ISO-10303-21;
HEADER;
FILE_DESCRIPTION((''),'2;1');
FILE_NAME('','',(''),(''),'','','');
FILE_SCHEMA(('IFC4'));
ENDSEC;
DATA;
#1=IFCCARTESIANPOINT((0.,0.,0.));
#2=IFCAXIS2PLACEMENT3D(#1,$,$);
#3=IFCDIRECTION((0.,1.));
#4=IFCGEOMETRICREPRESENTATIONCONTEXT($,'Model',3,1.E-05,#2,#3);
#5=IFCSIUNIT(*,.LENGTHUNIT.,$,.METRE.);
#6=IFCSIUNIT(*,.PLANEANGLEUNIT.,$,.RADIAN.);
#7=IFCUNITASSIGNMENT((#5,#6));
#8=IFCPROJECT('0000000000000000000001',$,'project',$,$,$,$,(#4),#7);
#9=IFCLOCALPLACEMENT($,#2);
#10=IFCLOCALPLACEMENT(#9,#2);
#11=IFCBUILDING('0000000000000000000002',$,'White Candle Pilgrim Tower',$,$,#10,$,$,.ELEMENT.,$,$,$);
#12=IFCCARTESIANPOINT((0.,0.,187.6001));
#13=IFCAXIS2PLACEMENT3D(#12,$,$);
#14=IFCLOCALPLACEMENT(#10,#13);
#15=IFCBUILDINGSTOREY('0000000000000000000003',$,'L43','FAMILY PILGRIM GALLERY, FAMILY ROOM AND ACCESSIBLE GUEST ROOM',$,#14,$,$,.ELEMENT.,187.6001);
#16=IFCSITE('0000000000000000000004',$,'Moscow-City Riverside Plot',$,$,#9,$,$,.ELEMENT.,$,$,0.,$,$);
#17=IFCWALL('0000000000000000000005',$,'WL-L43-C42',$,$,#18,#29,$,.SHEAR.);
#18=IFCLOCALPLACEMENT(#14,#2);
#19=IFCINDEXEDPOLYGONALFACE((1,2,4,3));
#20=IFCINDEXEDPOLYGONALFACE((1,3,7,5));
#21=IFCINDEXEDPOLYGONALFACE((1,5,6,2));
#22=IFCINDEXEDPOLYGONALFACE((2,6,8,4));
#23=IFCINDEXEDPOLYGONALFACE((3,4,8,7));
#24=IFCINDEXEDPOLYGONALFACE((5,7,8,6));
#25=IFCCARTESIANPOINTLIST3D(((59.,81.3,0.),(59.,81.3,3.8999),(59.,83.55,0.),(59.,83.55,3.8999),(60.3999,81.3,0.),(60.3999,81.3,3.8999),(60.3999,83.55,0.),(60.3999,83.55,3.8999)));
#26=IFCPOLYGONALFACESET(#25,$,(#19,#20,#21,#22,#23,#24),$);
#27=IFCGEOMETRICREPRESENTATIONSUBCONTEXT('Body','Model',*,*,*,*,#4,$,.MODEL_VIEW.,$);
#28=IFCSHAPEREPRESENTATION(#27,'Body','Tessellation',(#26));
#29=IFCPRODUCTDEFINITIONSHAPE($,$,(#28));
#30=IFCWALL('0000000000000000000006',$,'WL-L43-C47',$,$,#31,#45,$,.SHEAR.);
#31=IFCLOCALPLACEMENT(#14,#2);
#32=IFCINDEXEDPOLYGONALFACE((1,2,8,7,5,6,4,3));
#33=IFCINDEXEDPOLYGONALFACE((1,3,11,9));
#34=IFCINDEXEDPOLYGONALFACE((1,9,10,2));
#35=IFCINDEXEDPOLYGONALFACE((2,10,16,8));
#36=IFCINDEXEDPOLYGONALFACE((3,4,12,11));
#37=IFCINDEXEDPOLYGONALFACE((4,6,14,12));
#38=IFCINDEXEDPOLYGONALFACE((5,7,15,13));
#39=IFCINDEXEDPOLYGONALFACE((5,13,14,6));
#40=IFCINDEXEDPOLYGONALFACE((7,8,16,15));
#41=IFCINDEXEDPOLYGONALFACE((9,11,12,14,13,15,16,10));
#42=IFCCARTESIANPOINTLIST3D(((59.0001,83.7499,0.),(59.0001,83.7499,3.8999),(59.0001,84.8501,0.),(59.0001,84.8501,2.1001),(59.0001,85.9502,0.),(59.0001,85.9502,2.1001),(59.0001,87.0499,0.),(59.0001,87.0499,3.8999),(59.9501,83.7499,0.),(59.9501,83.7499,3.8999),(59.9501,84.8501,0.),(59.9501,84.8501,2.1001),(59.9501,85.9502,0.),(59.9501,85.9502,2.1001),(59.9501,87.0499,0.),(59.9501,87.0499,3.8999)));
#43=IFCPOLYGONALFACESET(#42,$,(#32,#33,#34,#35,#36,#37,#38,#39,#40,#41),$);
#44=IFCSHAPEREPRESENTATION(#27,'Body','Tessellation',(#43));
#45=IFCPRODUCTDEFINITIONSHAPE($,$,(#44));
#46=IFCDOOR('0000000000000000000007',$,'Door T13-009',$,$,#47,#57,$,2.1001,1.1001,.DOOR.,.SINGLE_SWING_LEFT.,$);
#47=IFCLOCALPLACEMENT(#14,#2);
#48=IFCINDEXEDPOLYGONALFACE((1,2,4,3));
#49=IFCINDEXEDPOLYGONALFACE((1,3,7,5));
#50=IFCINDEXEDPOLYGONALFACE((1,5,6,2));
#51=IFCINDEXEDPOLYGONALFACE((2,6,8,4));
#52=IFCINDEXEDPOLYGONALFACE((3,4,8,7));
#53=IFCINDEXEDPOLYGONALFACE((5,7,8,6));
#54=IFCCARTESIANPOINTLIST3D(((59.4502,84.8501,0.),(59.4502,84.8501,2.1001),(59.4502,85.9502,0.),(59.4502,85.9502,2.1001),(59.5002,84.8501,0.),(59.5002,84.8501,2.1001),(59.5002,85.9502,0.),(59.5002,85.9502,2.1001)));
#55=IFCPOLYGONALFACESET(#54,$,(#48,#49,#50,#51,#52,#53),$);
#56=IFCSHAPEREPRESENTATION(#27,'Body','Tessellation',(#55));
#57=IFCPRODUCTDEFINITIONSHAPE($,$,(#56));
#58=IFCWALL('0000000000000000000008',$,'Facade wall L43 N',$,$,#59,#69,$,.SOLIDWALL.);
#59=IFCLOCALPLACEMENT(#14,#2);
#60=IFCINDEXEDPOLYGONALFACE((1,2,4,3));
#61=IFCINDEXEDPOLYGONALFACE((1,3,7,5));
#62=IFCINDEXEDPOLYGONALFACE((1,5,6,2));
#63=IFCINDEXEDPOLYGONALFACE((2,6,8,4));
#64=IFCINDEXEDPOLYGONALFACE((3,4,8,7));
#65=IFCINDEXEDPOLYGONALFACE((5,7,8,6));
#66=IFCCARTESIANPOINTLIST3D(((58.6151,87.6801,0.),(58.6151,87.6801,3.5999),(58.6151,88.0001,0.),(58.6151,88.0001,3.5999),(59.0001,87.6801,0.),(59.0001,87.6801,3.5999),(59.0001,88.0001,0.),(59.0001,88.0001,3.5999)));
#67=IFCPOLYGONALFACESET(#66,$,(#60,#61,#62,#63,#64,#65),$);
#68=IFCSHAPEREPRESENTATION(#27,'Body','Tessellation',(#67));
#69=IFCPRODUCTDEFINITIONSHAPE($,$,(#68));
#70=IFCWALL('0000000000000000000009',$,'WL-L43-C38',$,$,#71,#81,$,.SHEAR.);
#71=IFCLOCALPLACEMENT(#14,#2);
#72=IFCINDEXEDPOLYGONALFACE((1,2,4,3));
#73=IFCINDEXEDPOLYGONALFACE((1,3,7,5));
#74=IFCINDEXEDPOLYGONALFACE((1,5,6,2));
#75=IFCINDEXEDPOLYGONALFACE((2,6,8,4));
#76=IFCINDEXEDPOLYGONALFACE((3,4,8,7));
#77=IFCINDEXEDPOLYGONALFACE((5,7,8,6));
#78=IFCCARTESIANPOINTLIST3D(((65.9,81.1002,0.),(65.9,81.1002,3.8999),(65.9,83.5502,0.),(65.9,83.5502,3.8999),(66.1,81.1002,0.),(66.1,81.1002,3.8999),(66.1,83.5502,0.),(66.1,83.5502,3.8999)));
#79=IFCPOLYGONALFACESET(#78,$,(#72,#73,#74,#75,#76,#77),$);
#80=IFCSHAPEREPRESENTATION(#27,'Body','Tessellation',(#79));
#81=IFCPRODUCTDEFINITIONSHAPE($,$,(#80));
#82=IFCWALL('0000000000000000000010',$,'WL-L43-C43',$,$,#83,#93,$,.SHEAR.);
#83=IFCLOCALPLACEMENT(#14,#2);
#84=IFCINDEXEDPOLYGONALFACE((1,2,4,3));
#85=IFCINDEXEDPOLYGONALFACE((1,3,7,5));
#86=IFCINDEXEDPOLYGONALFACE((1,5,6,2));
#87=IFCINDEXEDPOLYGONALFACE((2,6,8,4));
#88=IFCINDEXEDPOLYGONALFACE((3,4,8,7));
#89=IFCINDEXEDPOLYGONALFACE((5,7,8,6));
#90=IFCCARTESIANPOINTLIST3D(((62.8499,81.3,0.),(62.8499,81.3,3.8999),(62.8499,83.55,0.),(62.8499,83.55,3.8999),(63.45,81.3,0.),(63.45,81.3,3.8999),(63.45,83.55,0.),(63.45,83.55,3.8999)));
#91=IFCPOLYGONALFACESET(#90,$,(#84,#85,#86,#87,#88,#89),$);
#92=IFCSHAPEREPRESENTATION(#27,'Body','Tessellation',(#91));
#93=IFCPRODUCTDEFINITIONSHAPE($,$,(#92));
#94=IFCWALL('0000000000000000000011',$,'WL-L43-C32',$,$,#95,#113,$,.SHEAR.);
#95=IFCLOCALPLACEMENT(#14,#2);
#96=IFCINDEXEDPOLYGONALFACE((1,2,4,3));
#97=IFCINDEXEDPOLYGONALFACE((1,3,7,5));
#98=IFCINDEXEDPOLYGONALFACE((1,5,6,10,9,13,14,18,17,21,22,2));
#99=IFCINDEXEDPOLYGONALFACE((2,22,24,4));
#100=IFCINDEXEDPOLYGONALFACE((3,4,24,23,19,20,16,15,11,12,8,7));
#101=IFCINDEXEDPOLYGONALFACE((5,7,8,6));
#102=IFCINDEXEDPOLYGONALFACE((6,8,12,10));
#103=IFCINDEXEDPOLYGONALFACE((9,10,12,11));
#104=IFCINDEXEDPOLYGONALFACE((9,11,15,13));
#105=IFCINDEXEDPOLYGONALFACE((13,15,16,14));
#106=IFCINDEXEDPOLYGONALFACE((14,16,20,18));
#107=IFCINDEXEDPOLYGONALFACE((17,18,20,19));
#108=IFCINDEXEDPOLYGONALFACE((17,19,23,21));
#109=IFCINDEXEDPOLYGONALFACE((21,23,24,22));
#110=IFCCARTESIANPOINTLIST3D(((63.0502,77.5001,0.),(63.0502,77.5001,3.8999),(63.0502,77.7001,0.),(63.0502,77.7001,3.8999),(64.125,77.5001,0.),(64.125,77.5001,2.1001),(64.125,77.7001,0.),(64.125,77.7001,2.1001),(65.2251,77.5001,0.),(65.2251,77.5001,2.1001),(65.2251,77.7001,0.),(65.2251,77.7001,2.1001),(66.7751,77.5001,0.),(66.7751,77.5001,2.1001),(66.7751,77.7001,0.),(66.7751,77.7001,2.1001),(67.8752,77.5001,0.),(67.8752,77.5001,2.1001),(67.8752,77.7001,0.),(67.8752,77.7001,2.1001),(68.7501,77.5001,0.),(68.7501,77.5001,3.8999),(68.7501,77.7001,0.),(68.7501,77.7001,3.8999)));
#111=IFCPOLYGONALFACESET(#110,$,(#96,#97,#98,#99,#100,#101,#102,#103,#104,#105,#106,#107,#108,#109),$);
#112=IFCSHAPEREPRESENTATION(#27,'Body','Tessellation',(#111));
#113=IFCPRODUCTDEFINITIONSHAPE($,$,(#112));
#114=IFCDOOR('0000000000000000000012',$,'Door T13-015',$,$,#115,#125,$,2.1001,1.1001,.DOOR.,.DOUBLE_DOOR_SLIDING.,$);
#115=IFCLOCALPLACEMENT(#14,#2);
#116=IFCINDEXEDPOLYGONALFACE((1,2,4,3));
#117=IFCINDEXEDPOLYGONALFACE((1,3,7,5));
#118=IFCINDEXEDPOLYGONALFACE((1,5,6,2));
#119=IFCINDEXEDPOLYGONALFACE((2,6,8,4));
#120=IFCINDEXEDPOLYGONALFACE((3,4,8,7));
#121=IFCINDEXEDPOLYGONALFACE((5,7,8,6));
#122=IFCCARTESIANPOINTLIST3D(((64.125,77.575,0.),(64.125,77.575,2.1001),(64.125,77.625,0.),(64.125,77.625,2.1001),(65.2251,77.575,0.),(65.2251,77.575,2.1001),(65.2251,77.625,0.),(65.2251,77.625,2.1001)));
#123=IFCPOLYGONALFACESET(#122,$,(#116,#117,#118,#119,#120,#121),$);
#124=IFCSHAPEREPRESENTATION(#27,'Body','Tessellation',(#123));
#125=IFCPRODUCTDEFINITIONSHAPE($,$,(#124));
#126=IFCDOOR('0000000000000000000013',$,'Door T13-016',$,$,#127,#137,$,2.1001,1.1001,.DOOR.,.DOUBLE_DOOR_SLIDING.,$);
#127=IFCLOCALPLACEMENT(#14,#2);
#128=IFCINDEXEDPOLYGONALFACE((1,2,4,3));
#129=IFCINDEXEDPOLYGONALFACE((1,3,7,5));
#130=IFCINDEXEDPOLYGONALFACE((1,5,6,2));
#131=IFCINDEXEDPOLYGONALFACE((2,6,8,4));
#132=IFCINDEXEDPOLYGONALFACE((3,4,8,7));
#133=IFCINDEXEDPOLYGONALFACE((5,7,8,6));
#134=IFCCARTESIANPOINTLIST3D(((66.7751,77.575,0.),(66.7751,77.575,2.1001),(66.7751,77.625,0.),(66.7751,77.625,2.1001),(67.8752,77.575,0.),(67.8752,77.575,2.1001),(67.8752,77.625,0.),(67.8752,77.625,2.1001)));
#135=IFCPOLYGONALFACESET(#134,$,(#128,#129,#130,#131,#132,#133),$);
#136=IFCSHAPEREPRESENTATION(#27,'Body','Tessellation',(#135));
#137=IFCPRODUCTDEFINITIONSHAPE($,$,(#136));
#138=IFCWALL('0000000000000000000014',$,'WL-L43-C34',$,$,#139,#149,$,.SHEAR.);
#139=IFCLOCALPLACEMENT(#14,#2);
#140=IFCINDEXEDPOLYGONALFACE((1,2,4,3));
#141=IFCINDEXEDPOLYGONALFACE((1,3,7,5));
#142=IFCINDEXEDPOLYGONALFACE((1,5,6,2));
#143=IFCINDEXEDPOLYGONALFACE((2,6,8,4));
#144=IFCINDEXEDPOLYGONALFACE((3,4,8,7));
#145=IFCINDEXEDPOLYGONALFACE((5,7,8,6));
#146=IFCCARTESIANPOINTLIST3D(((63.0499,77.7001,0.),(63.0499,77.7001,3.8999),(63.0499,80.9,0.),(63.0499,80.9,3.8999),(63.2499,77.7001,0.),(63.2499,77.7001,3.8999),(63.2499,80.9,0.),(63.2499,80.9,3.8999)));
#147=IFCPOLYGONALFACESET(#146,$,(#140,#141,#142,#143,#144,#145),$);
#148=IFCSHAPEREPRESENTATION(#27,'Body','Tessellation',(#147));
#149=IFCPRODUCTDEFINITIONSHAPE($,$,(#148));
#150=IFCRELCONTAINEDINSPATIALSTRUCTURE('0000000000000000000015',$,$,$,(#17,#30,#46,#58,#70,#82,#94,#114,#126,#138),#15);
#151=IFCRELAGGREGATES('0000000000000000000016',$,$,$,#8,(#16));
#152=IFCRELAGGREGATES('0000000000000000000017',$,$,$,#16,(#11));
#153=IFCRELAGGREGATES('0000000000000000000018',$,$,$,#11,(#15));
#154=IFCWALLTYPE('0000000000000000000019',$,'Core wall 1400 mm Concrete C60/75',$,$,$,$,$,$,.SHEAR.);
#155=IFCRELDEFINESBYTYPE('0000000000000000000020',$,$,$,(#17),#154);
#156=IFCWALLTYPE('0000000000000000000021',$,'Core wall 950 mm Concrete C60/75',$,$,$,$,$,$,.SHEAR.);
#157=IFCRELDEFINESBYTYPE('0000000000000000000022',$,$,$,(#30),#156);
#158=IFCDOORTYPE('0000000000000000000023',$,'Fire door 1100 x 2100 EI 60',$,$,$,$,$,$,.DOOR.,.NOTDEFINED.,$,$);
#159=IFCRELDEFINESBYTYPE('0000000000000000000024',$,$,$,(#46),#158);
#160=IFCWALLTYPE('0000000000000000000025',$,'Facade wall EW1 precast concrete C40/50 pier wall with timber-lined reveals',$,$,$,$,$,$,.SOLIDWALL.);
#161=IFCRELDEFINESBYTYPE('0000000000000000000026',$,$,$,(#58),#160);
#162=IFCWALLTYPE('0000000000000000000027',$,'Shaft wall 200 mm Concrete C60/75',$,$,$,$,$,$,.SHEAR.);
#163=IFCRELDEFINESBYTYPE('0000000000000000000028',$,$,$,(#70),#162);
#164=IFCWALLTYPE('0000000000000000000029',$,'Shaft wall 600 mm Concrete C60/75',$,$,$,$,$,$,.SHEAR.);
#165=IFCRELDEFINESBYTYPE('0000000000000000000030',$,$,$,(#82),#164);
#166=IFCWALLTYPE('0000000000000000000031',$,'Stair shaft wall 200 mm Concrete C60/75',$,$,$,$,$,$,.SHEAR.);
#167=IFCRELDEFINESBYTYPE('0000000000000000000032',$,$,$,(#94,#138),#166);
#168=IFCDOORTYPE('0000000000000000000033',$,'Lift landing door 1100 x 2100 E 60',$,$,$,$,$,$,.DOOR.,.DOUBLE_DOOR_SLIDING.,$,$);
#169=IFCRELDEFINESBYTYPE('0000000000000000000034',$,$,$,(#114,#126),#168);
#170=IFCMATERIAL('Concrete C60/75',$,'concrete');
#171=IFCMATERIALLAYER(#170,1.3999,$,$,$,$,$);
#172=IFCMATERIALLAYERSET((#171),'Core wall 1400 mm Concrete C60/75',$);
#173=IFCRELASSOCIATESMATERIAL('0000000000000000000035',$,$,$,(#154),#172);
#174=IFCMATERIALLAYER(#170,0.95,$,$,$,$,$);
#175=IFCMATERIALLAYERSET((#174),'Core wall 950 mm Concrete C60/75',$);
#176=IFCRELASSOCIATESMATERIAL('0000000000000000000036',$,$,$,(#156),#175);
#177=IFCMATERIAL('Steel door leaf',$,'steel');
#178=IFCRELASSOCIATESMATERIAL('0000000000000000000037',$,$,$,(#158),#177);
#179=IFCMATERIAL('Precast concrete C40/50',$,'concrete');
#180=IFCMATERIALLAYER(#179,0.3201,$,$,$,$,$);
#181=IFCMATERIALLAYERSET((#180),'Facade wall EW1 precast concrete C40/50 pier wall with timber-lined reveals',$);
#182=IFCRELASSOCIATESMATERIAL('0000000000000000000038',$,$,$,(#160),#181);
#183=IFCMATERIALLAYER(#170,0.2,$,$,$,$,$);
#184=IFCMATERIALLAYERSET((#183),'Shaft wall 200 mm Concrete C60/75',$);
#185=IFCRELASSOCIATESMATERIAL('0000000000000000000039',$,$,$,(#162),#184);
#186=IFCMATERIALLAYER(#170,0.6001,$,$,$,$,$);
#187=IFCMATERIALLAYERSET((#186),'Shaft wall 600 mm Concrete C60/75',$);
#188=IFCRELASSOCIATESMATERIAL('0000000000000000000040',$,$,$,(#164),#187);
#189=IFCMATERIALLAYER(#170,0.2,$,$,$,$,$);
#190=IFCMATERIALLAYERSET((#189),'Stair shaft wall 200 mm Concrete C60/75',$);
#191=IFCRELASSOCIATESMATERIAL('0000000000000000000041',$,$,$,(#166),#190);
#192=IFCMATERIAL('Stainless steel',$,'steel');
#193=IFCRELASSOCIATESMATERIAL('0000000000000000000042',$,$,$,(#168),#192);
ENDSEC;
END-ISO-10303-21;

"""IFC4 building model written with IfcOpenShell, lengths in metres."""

from ifc_helpers import new_model, si_unit, direction, frame, frame_2d, origin, place, context, subcontext, project, spatial, rectangle, extrude, material, layer, layer_set, type_object, element, fill, save


model = new_model("IFC4")

# Units and contexts
model_context = context("Model", 3, precision=1e-05, world=origin(), true_north=direction((0.0, 1.0)))
body_context = subcontext(model_context, "Body", "Model", "MODEL_VIEW")
ifc_project = project(units=[si_unit("LENGTHUNIT", "METRE"), si_unit("PLANEANGLEUNIT", "RADIAN")], contexts=[model_context])

# Site, building, storey
site_placement = place(None, origin())
site = spatial("IfcSite", under=ifc_project, at=site_placement, Name="Moscow-City Riverside Plot", CompositionType="ELEMENT", RefElevation=0.0)
building_placement = place(site_placement, origin())
building = spatial("IfcBuilding", under=site, at=building_placement, Name="White Candle Pilgrim Tower", CompositionType="ELEMENT")
storey_placement = place(building_placement, frame((0.0, 0.0, 187.6001)))
storey = spatial("IfcBuildingStorey", under=building, at=storey_placement, Name="L43", Description="FAMILY PILGRIM GALLERY, FAMILY ROOM AND ACCESSIBLE GUEST ROOM", CompositionType="ELEMENT", Elevation=187.6001)

# Wall
ifc_material_1 = material(Name="Concrete C60/75", Category="concrete")
ifc_layer_1 = layer(ifc_material_1, 1.3999)
ifc_layer_set_1 = layer_set([ifc_layer_1], Name="Core wall 1400 mm Concrete C60/75")
wall_type_1 = type_object("IfcWallType", Name="Core wall 1400 mm Concrete C60/75", PredefinedType="SHEAR", material=ifc_layer_set_1)
wall_1_placement = place(storey_placement, frame((59.7, 81.3, 0.0), z_axis=(0.0, 0.0, 1.0), x_axis=(0.0, 1.0, 0.0)))
element("IfcWall", 1, at=wall_1_placement, inside=storey, type_object=wall_type_1, Name="WL-L43-C42", PredefinedType="SHEAR", context=body_context, shape_type="SweptSolid", body=[
    extrude(rectangle(XDim=2.25, YDim=1.3999, at=frame_2d((1.125, 0.0))), origin(), (0.0, 0.0, 1.0), 3.8999),
])

# Wall, opening, door
ifc_layer_2 = layer(ifc_material_1, 0.95)
ifc_layer_set_2 = layer_set([ifc_layer_2], Name="Core wall 950 mm Concrete C60/75")
wall_type_2 = type_object("IfcWallType", Name="Core wall 950 mm Concrete C60/75", PredefinedType="SHEAR", material=ifc_layer_set_2)
wall_2_placement = place(storey_placement, frame((59.4751, 83.75, 0.0), z_axis=(0.0, 0.0, 1.0), x_axis=(0.0, 1.0, 0.0)))
wall_2 = element("IfcWall", 2, at=wall_2_placement, inside=storey, type_object=wall_type_2, Name="WL-L43-C47", PredefinedType="SHEAR", context=body_context, shape_type="SweptSolid", body=[
    extrude(rectangle(XDim=3.3, YDim=0.95, at=frame_2d((1.6499, 0.0))), origin(), (0.0, 0.0, 1.0), 3.8999),
])
opening_1_placement = place(wall_2_placement, frame((1.1001, 0.0, 0.0)))
opening_1 = element("IfcOpeningElement", 3, at=opening_1_placement, cuts=wall_2, PredefinedType="OPENING", context=body_context, shape_type="SweptSolid", body=[
    extrude(rectangle(XDim=1.1001, YDim=2.1001, at=frame_2d((0.55, 1.05))), frame((0.0, 0.4849, 0.0), z_axis=(0.0, -1.0, 0.0), x_axis=(1.0, 0.0, 0.0)), (0.0, 0.0, 1.0), 0.97),
])
ifc_material_2 = material(Name="Steel door leaf", Category="steel")
door_type_1 = type_object("IfcDoorType", Name="Fire door 1100 x 2100 EI 60", OperationType="NOTDEFINED", PredefinedType="DOOR", material=ifc_material_2)
door_1_placement = place(opening_1_placement, origin())
door_1 = element("IfcDoor", 4, at=door_1_placement, inside=storey, type_object=door_type_1, Name="Door T13-009", OperationType="SINGLE_SWING_LEFT", OverallHeight=2.1001, OverallWidth=1.1001, PredefinedType="DOOR", context=body_context, shape_type="SweptSolid", body=[
    extrude(rectangle(XDim=1.1001, YDim=2.1001, at=frame_2d((0.55, 1.05))), frame((0.0, 0.0249, 0.0), z_axis=(0.0, -1.0, 0.0), x_axis=(1.0, 0.0, 0.0)), (0.0, 0.0, 1.0), 0.05),
])
fill(opening_1, door_1)

# Walls
ifc_material_3 = material(Name="Precast concrete C40/50", Category="concrete")
ifc_layer_3 = layer(ifc_material_3, 0.3201)
ifc_layer_set_3 = layer_set([ifc_layer_3], Name="Facade wall EW1 precast concrete C40/50 pier wall with timber-lined reveals")
wall_type_3 = type_object("IfcWallType", Name="Facade wall EW1 precast concrete C40/50 pier wall with timber-lined reveals", PredefinedType="SOLIDWALL", material=ifc_layer_set_3)
wall_3_placement = place(storey_placement, frame((59.0, 87.8401, 0.0), z_axis=(0.0, 0.0, 1.0), x_axis=(-1.0, 0.0, 0.0)))
element("IfcWall", 5, at=wall_3_placement, inside=storey, type_object=wall_type_3, Name="Facade wall L43 N", PredefinedType="SOLIDWALL", context=body_context, shape_type="SweptSolid", body=[
    extrude(rectangle(XDim=0.385, YDim=0.3201, at=frame_2d((0.1924, 0.0))), origin(), (0.0, 0.0, 1.0), 3.5999),
])
ifc_layer_4 = layer(ifc_material_1, 0.2)
ifc_layer_set_4 = layer_set([ifc_layer_4], Name="Shaft wall 200 mm Concrete C60/75")
wall_type_4 = type_object("IfcWallType", Name="Shaft wall 200 mm Concrete C60/75", PredefinedType="SHEAR", material=ifc_layer_set_4)
wall_4_placement = place(storey_placement, frame((66.0, 81.1001, 0.0), z_axis=(0.0, 0.0, 1.0), x_axis=(0.0, 1.0, 0.0)))
element("IfcWall", 6, at=wall_4_placement, inside=storey, type_object=wall_type_4, Name="WL-L43-C38", PredefinedType="SHEAR", context=body_context, shape_type="SweptSolid", body=[
    extrude(rectangle(XDim=2.45, YDim=0.2, at=frame_2d((1.2251, 0.0))), origin(), (0.0, 0.0, 1.0), 3.8999),
])
ifc_layer_5 = layer(ifc_material_1, 0.6001)
ifc_layer_set_5 = layer_set([ifc_layer_5], Name="Shaft wall 600 mm Concrete C60/75")
wall_type_5 = type_object("IfcWallType", Name="Shaft wall 600 mm Concrete C60/75", PredefinedType="SHEAR", material=ifc_layer_set_5)
wall_5_placement = place(storey_placement, frame((63.1499, 81.3, 0.0), z_axis=(0.0, 0.0, 1.0), x_axis=(0.0, 1.0, 0.0)))
element("IfcWall", 7, at=wall_5_placement, inside=storey, type_object=wall_type_5, Name="WL-L43-C43", PredefinedType="SHEAR", context=body_context, shape_type="SweptSolid", body=[
    extrude(rectangle(XDim=2.25, YDim=0.6001, at=frame_2d((1.125, 0.0))), origin(), (0.0, 0.0, 1.0), 3.8999),
])

# Wall, openings, doors
ifc_layer_6 = layer(ifc_material_1, 0.2)
ifc_layer_set_6 = layer_set([ifc_layer_6], Name="Stair shaft wall 200 mm Concrete C60/75")
wall_type_6 = type_object("IfcWallType", Name="Stair shaft wall 200 mm Concrete C60/75", PredefinedType="SHEAR", material=ifc_layer_set_6)
wall_6_placement = place(storey_placement, frame((63.05, 77.6001, 0.0), z_axis=(0.0, 0.0, 1.0), x_axis=(1.0, 0.0, 0.0)))
wall_6 = element("IfcWall", 8, at=wall_6_placement, inside=storey, type_object=wall_type_6, Name="WL-L43-C32", PredefinedType="SHEAR", context=body_context, shape_type="SweptSolid", body=[
    extrude(rectangle(XDim=5.7, YDim=0.2, at=frame_2d((2.8501, 0.0))), origin(), (0.0, 0.0, 1.0), 3.8999),
])
opening_2_placement = place(wall_6_placement, frame((1.075, 0.0, 0.0)))
opening_2 = element("IfcOpeningElement", 9, at=opening_2_placement, cuts=wall_6, PredefinedType="OPENING", context=body_context, shape_type="SweptSolid", body=[
    extrude(rectangle(XDim=1.1001, YDim=2.1001, at=frame_2d((0.55, 1.05))), frame((0.0, 0.1099, 0.0), z_axis=(0.0, -1.0, 0.0), x_axis=(1.0, 0.0, 0.0)), (0.0, 0.0, 1.0), 0.22),
])
opening_3_placement = place(wall_6_placement, frame((3.7251, 0.0, 0.0)))
opening_3 = element("IfcOpeningElement", 10, at=opening_3_placement, cuts=wall_6, PredefinedType="OPENING", context=body_context, shape_type="SweptSolid", body=[
    extrude(rectangle(XDim=1.1001, YDim=2.1001, at=frame_2d((0.55, 1.05))), frame((0.0, 0.1099, 0.0), z_axis=(0.0, -1.0, 0.0), x_axis=(1.0, 0.0, 0.0)), (0.0, 0.0, 1.0), 0.22),
])
ifc_material_4 = material(Name="Stainless steel", Category="steel")
door_type_2 = type_object("IfcDoorType", Name="Lift landing door 1100 x 2100 E 60", OperationType="DOUBLE_DOOR_SLIDING", PredefinedType="DOOR", material=ifc_material_4)
door_2_placement = place(opening_2_placement, origin())
door_2 = element("IfcDoor", 11, at=door_2_placement, inside=storey, type_object=door_type_2, Name="Door T13-015", OperationType="DOUBLE_DOOR_SLIDING", OverallHeight=2.1001, OverallWidth=1.1001, PredefinedType="DOOR", context=body_context, shape_type="SweptSolid", body=[
    extrude(rectangle(XDim=1.1001, YDim=2.1001, at=frame_2d((0.55, 1.05))), frame((0.0, 0.0249, 0.0), z_axis=(0.0, -1.0, 0.0), x_axis=(1.0, 0.0, 0.0)), (0.0, 0.0, 1.0), 0.05),
])
fill(opening_2, door_2)
door_3_placement = place(opening_3_placement, origin())
door_3 = element("IfcDoor", 12, at=door_3_placement, inside=storey, type_object=door_type_2, Name="Door T13-016", OperationType="DOUBLE_DOOR_SLIDING", OverallHeight=2.1001, OverallWidth=1.1001, PredefinedType="DOOR", context=body_context, shape_type="SweptSolid", body=[
    extrude(rectangle(XDim=1.1001, YDim=2.1001, at=frame_2d((0.55, 1.05))), frame((0.0, 0.0249, 0.0), z_axis=(0.0, -1.0, 0.0), x_axis=(1.0, 0.0, 0.0)), (0.0, 0.0, 1.0), 0.05),
])
fill(opening_3, door_3)

# Wall
wall_7_placement = place(storey_placement, frame((63.1499, 77.7, 0.0), z_axis=(0.0, 0.0, 1.0), x_axis=(0.0, 1.0, 0.0)))
element("IfcWall", 13, at=wall_7_placement, inside=storey, type_object=wall_type_6, Name="WL-L43-C34", PredefinedType="SHEAR", context=body_context, shape_type="SweptSolid", body=[
    extrude(rectangle(XDim=3.2, YDim=0.2, at=frame_2d((1.6001, 0.0))), origin(), (0.0, 0.0, 1.0), 3.8999),
])

save(model, "model.ifc")
